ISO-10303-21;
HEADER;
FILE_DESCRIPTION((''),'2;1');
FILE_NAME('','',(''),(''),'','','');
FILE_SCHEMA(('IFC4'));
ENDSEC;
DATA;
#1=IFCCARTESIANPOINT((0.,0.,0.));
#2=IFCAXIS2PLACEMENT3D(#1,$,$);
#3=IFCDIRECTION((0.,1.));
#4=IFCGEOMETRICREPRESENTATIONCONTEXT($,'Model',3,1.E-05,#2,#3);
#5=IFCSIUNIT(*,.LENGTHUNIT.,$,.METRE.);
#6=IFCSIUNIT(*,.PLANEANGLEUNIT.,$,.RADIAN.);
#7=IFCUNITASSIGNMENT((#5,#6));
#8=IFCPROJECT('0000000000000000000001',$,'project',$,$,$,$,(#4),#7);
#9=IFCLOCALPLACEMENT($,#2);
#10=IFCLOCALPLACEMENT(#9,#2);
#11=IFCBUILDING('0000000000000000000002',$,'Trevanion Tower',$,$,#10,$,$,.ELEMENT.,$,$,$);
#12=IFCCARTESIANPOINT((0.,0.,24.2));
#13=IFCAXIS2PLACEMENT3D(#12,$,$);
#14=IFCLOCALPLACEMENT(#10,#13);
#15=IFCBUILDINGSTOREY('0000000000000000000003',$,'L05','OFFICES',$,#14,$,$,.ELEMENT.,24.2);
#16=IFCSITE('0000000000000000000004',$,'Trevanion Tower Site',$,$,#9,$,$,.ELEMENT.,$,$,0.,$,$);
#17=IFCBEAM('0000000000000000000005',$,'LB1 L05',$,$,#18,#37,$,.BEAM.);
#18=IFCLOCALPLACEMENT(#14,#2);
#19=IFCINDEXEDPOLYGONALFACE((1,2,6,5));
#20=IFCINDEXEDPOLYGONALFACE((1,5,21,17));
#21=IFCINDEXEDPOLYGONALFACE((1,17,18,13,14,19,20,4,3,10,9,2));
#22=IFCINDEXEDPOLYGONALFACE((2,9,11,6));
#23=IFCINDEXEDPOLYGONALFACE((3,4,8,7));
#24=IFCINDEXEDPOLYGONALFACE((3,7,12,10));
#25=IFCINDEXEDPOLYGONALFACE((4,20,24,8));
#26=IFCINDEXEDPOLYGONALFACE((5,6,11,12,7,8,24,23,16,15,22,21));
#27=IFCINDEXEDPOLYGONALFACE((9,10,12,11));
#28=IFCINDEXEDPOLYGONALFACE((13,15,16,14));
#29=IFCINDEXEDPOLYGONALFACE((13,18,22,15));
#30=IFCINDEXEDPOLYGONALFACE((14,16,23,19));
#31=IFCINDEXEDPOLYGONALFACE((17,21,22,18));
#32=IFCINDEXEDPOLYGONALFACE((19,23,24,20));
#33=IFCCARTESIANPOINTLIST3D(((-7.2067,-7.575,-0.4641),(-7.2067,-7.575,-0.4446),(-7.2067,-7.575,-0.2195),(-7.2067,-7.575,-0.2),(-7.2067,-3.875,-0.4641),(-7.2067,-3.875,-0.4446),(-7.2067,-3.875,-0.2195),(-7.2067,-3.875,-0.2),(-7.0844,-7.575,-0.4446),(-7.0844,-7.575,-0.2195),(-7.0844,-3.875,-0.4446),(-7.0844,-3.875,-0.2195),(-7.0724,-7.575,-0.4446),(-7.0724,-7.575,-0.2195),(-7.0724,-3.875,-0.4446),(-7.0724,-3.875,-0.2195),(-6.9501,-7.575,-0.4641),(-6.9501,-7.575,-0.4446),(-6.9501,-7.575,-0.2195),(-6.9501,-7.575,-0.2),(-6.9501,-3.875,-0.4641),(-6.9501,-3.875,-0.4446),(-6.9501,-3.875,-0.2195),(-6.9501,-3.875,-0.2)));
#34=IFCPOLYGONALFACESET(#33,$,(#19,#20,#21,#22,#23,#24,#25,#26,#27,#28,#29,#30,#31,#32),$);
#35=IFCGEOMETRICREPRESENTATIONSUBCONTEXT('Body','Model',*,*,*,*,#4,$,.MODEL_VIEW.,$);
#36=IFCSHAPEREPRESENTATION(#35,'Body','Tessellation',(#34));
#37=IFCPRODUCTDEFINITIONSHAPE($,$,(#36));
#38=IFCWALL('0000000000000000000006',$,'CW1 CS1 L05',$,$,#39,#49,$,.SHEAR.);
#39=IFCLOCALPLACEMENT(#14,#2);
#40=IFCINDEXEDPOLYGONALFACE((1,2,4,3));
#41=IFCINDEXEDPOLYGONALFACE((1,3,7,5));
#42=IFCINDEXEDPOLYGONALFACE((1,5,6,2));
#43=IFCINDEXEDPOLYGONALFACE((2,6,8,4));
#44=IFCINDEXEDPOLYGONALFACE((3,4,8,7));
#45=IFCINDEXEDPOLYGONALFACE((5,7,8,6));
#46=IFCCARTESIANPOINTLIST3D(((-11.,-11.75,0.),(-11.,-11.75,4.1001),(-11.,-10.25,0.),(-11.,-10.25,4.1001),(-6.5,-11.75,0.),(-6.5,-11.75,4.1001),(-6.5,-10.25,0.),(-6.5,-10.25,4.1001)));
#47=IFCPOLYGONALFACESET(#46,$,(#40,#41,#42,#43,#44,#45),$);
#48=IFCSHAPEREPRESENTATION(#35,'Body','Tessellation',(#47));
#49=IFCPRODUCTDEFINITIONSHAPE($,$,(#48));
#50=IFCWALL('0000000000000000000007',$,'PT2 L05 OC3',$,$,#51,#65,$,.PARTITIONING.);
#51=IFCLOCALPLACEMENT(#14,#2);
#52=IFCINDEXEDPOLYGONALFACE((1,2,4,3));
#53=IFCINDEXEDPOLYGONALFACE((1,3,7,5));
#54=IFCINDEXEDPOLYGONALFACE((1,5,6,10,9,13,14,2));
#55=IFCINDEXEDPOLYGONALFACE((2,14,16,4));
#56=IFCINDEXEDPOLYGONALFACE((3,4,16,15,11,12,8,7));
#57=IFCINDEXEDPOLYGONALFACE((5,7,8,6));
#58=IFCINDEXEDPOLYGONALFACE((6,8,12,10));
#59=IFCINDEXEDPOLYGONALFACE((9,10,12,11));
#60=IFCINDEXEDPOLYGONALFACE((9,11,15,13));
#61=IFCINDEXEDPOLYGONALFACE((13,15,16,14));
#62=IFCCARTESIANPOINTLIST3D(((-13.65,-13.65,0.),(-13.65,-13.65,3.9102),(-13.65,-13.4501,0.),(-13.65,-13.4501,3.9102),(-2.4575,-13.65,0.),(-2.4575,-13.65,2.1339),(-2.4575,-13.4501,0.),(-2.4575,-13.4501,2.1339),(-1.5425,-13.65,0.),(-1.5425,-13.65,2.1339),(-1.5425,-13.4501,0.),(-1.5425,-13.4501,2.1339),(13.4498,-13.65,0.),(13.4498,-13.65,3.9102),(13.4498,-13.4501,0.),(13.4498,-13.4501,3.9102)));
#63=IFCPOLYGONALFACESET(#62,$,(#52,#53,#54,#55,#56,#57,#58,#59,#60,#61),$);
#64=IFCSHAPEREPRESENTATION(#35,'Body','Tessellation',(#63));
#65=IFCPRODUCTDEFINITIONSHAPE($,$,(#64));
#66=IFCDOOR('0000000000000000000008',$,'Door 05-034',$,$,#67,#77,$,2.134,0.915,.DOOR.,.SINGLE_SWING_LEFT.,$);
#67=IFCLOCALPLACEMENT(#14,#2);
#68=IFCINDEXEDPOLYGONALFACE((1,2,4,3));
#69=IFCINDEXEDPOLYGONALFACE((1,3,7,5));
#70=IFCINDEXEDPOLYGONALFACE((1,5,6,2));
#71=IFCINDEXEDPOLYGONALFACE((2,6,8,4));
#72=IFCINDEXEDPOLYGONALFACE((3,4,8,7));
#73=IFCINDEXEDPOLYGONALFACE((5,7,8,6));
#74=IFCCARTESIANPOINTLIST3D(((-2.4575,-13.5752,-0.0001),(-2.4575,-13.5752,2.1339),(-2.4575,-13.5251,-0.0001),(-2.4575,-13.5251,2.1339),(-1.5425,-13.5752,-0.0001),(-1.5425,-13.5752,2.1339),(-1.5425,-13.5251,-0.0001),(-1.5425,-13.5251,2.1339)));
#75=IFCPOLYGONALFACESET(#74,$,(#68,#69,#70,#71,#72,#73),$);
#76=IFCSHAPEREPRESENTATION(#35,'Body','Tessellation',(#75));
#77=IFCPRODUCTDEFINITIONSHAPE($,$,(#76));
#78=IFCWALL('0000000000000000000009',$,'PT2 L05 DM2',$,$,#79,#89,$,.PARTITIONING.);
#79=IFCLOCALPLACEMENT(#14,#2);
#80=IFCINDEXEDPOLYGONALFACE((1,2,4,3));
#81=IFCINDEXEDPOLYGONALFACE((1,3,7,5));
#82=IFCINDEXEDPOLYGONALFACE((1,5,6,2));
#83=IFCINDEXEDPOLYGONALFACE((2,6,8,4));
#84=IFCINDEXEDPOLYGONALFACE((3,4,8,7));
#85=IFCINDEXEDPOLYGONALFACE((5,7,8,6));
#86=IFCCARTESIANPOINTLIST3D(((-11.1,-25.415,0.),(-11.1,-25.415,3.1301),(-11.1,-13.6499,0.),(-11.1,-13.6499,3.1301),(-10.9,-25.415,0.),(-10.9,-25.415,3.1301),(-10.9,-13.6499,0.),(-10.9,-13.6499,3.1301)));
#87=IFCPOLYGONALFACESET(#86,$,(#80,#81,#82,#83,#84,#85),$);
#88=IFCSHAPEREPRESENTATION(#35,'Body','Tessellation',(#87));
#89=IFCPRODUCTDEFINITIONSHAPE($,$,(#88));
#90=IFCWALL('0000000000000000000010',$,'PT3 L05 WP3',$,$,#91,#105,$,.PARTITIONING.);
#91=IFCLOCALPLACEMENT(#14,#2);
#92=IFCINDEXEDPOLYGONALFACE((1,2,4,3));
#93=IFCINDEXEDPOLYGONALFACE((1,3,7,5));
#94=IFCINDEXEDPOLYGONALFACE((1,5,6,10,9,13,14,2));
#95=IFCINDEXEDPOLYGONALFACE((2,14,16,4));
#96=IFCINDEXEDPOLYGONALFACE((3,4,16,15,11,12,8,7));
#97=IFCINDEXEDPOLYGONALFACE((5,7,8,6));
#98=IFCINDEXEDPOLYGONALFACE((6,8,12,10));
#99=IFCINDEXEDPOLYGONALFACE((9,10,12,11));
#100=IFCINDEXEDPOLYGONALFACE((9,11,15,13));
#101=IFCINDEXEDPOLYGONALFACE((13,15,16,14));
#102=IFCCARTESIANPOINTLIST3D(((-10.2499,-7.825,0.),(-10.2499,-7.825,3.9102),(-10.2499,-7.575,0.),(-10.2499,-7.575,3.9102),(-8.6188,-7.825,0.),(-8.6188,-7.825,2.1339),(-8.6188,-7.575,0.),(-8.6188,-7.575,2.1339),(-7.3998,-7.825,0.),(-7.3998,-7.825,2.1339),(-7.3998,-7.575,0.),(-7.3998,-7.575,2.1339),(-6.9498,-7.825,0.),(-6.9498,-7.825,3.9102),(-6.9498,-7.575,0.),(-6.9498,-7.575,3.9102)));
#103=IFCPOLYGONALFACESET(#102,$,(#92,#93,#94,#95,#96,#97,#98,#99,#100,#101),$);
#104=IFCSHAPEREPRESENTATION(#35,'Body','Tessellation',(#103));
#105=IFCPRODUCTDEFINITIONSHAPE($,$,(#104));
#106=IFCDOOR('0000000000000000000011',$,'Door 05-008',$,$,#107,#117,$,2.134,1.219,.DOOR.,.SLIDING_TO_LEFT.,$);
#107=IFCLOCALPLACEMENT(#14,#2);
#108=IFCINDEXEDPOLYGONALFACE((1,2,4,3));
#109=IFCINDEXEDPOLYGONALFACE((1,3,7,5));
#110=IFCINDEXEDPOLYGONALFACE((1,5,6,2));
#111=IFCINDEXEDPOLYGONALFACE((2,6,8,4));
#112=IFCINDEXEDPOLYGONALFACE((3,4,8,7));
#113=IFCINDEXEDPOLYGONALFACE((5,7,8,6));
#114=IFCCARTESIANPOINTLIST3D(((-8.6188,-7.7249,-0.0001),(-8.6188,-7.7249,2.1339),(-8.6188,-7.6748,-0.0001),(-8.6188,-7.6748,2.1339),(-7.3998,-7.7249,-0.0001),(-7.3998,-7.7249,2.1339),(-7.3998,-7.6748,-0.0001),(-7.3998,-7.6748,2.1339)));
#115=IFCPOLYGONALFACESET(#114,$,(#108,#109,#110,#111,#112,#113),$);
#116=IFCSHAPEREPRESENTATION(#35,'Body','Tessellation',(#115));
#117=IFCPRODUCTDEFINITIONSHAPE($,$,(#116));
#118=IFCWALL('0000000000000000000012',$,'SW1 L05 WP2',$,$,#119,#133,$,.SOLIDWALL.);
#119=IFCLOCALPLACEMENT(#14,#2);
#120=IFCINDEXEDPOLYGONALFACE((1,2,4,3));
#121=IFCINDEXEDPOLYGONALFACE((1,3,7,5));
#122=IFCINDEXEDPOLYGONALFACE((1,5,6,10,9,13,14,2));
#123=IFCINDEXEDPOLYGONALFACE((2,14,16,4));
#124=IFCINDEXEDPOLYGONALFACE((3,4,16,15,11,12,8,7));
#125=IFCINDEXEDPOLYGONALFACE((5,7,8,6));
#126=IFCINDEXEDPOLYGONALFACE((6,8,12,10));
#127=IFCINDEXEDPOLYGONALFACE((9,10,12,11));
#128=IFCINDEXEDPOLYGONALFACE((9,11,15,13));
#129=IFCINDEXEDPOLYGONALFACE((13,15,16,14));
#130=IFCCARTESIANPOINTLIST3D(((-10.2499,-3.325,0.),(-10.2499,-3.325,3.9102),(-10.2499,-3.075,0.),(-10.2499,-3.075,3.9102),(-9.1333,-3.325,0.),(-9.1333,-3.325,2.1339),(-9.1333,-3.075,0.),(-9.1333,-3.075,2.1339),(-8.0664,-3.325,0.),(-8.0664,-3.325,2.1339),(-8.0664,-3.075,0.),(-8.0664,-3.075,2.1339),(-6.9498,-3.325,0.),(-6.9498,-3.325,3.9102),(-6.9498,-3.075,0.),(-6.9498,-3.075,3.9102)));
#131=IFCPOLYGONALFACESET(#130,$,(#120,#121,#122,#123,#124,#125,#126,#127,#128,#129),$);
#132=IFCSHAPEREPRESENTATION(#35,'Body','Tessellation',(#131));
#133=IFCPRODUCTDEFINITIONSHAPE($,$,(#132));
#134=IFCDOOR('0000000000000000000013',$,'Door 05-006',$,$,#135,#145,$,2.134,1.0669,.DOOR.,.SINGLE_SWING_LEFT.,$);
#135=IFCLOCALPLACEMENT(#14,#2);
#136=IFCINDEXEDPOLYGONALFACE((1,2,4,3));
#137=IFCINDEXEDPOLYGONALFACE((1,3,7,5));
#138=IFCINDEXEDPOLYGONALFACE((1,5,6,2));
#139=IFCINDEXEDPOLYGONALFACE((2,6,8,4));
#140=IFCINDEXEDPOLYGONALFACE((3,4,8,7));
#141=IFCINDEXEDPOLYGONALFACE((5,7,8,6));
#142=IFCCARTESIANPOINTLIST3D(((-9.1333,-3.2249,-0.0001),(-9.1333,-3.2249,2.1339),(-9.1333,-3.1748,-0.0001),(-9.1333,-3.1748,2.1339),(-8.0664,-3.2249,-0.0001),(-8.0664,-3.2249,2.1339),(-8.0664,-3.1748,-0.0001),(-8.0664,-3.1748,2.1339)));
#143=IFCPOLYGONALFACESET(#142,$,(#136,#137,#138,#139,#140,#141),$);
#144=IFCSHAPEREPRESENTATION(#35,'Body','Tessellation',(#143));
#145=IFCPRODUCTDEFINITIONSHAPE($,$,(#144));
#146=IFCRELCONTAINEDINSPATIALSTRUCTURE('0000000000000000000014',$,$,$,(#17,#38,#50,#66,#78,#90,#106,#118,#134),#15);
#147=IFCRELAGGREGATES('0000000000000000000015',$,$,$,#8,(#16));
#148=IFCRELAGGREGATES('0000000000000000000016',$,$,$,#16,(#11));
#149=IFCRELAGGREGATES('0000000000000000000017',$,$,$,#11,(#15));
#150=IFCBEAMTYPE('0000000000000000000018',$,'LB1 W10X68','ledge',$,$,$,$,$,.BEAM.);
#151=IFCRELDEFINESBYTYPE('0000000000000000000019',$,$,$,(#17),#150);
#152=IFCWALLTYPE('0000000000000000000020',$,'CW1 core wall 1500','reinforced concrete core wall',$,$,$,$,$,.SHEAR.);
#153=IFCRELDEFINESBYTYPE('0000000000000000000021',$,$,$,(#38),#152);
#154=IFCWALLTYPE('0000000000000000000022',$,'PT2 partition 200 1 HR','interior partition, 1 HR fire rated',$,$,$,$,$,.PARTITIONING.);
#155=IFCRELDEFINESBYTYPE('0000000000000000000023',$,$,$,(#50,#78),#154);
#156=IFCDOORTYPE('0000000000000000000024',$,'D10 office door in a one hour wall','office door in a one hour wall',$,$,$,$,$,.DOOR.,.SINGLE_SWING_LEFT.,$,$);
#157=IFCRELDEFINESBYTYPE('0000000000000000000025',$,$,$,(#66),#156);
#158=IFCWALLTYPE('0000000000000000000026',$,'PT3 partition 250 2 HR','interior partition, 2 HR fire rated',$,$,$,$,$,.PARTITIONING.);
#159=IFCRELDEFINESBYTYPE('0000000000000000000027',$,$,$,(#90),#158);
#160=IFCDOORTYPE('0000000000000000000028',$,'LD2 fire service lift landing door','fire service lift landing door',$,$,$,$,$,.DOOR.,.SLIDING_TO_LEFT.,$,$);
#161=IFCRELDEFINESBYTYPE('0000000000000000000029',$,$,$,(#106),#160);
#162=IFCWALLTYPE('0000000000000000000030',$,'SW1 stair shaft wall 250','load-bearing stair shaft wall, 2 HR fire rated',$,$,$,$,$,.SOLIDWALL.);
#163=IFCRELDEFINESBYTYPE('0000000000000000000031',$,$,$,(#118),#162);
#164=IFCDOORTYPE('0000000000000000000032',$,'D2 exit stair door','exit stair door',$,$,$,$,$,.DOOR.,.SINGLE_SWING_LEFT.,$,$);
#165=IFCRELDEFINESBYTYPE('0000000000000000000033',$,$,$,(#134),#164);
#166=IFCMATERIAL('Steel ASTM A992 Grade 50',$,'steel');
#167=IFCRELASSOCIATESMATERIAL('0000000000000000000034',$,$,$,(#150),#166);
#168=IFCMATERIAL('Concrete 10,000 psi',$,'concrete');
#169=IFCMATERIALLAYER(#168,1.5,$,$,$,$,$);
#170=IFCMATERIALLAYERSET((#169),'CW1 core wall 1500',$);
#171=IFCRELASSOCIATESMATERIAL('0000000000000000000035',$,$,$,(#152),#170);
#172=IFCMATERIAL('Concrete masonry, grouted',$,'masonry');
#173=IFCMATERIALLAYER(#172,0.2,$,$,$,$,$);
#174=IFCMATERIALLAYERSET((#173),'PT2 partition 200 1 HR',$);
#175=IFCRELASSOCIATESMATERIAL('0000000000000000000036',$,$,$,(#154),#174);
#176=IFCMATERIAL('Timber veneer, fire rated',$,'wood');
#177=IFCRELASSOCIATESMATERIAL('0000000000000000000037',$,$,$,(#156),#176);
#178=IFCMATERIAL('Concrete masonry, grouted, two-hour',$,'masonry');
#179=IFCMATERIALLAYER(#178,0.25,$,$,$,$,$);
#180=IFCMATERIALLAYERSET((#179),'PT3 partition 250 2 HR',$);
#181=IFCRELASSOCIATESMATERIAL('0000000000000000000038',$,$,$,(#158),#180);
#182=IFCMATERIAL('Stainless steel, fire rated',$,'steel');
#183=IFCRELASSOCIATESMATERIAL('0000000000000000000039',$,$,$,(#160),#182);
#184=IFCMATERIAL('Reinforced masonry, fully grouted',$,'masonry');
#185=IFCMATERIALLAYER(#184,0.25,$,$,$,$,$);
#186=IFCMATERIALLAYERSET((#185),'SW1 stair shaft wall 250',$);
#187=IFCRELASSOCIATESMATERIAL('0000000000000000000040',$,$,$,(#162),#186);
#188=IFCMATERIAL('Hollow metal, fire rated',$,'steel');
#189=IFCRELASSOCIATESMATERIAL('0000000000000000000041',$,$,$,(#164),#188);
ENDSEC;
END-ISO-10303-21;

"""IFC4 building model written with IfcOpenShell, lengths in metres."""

from ifc_helpers import new_model, si_unit, direction, frame, frame_2d, origin, origin_2d, place, context, subcontext, project, spatial, rectangle, i_section, extrude, material, layer, layer_set, material_profile, profile_set, type_object, element, fill, save


model = new_model("IFC4")

# Units and contexts
model_context = context("Model", 3, precision=1e-05, world=origin(), true_north=direction((0.0, 1.0)))
body_context = subcontext(model_context, "Body", "Model", "MODEL_VIEW")
ifc_project = project(units=[si_unit("LENGTHUNIT", "METRE"), si_unit("PLANEANGLEUNIT", "RADIAN")], contexts=[model_context])

# Site, building, storey
site_placement = place(None, origin())
site = spatial("IfcSite", under=ifc_project, at=site_placement, Name="Trevanion Tower Site", CompositionType="ELEMENT", RefElevation=0.0)
building_placement = place(site_placement, origin())
building = spatial("IfcBuilding", under=site, at=building_placement, Name="Trevanion Tower", CompositionType="ELEMENT")
storey_placement = place(building_placement, frame((0.0, 0.0, 24.2)))
storey = spatial("IfcBuildingStorey", under=building, at=storey_placement, Name="L05", Description="OFFICES", CompositionType="ELEMENT", Elevation=24.2)

# Beam
ifc_material_1 = material(Name="Steel ASTM A992 Grade 50", Category="steel")
ifc_material_profile_1 = material_profile(ifc_material_1, i_section(OverallWidth=0.2566, OverallDepth=0.2642, WebThickness=0.012, FlangeThickness=0.0195, at=origin_2d()), Name="W10X68")
ifc_profile_set_1 = profile_set([ifc_material_profile_1], Name="Steel ASTM A992 Grade 50")
beam_type_1 = type_object("IfcBeamType", Name="LB1 W10X68", Description="ledge", PredefinedType="BEAM", material=ifc_profile_set_1)
for number, where, z_axis, x_axis, name in (
    (1, (-7.0784, -7.575, -0.332), (0.0, 1.0, 0.0), (-1.0, 0.0, 0.0), "LB1 L05"),
):
    element("IfcBeam", number, at=place(storey_placement, frame(where, z_axis=z_axis, x_axis=x_axis)), inside=storey, type_object=beam_type_1, Name=name, PredefinedType="BEAM", context=body_context, shape_type="SweptSolid", body=[
        extrude(i_section(OverallWidth=0.2566, OverallDepth=0.2642, WebThickness=0.012, FlangeThickness=0.0195, at=origin_2d()), origin(), (0.0, 0.0, 1.0), 3.7),
    ])

# Wall
ifc_material_2 = material(Name="Concrete 10,000 psi", Category="concrete")
ifc_layer_1 = layer(ifc_material_2, 1.5)
ifc_layer_set_1 = layer_set([ifc_layer_1], Name="CW1 core wall 1500")
wall_type_1 = type_object("IfcWallType", Name="CW1 core wall 1500", Description="reinforced concrete core wall", PredefinedType="SHEAR", material=ifc_layer_set_1)
wall_1_placement = place(storey_placement, frame((-11.0, -11.0, 0.0), z_axis=(0.0, 0.0, 1.0), x_axis=(1.0, 0.0, 0.0)))
element("IfcWall", 2, at=wall_1_placement, inside=storey, type_object=wall_type_1, Name="CW1 CS1 L05", PredefinedType="SHEAR", context=body_context, shape_type="SweptSolid", body=[
    extrude(rectangle(XDim=4.5, YDim=1.5, at=frame_2d((2.25, 0.0))), origin(), (0.0, 0.0, 1.0), 4.1001),
])

# Wall, opening, door
ifc_material_3 = material(Name="Concrete masonry, grouted", Category="masonry")
ifc_layer_2 = layer(ifc_material_3, 0.2)
ifc_layer_set_2 = layer_set([ifc_layer_2], Name="PT2 partition 200 1 HR")
wall_type_2 = type_object("IfcWallType", Name="PT2 partition 200 1 HR", Description="interior partition, 1 HR fire rated", PredefinedType="PARTITIONING", material=ifc_layer_set_2)
wall_2_placement = place(storey_placement, frame((-13.6499, -13.55, 0.0), z_axis=(0.0, 0.0, 1.0), x_axis=(1.0, 0.0, 0.0)))
wall_2 = element("IfcWall", 3, at=wall_2_placement, inside=storey, type_object=wall_type_2, Name="PT2 L05 OC3", PredefinedType="PARTITIONING", context=body_context, shape_type="SweptSolid", body=[
    extrude(rectangle(XDim=27.0999, YDim=0.2, at=frame_2d((13.5498, 0.0))), origin(), (0.0, 0.0, 1.0), 3.9102),
])
opening_1_placement = place(wall_2_placement, frame((11.1924, 0.0, 0.0)))
opening_1 = element("IfcOpeningElement", 4, at=opening_1_placement, cuts=wall_2, PredefinedType="OPENING", context=body_context, shape_type="SweptSolid", body=[
    extrude(rectangle(XDim=0.915, YDim=2.134, at=frame_2d((0.4575, 1.0669))), frame((0.0, 0.1099, 0.0), z_axis=(0.0, -1.0, 0.0), x_axis=(1.0, 0.0, 0.0)), (0.0, 0.0, 1.0), 0.22),
])
ifc_material_4 = material(Name="Timber veneer, fire rated", Category="wood")
door_type_1 = type_object("IfcDoorType", Name="D10 office door in a one hour wall", Description="office door in a one hour wall", OperationType="SINGLE_SWING_LEFT", PredefinedType="DOOR", material=ifc_material_4)
door_1_placement = place(opening_1_placement, origin())
door_1 = element("IfcDoor", 5, at=door_1_placement, inside=storey, type_object=door_type_1, Name="Door 05-034", OperationType="SINGLE_SWING_LEFT", OverallHeight=2.134, OverallWidth=0.915, PredefinedType="DOOR", context=body_context, shape_type="SweptSolid", body=[
    extrude(rectangle(XDim=0.915, YDim=2.134, at=frame_2d((0.4575, 1.0669))), frame((0.0, 0.0249, 0.0), z_axis=(0.0, -1.0, 0.0), x_axis=(1.0, 0.0, 0.0)), (0.0, 0.0, 1.0), 0.05),
])
fill(opening_1, door_1)

# Wall
wall_3_placement = place(storey_placement, frame((-11.0, -13.6499, 0.0), z_axis=(0.0, 0.0, 1.0), x_axis=(0.0, -1.0, 0.0)))
element("IfcWall", 6, at=wall_3_placement, inside=storey, type_object=wall_type_2, Name="PT2 L05 DM2", PredefinedType="PARTITIONING", context=body_context, shape_type="SweptSolid", body=[
    extrude(rectangle(XDim=11.7651, YDim=0.2, at=frame_2d((5.8826, 0.0))), origin(), (0.0, 0.0, 1.0), 3.1301),
])

# Walls, openings, doors
ifc_material_5 = material(Name="Concrete masonry, grouted, two-hour", Category="masonry")
ifc_layer_3 = layer(ifc_material_5, 0.25)
ifc_layer_set_3 = layer_set([ifc_layer_3], Name="PT3 partition 250 2 HR")
wall_type_3 = type_object("IfcWallType", Name="PT3 partition 250 2 HR", Description="interior partition, 2 HR fire rated", PredefinedType="PARTITIONING", material=ifc_layer_set_3)
wall_4_placement = place(storey_placement, frame((-6.95, -7.7, 0.0), z_axis=(0.0, 0.0, 1.0), x_axis=(-1.0, 0.0, 0.0)))
wall_4 = element("IfcWall", 7, at=wall_4_placement, inside=storey, type_object=wall_type_3, Name="PT3 L05 WP3", PredefinedType="PARTITIONING", context=body_context, shape_type="SweptSolid", body=[
    extrude(rectangle(XDim=3.3, YDim=0.25, at=frame_2d((1.6499, 0.0))), origin(), (0.0, 0.0, 1.0), 3.9102),
])
opening_2_placement = place(wall_4_placement, frame((0.45, 0.0, 0.0)))
opening_2 = element("IfcOpeningElement", 8, at=opening_2_placement, cuts=wall_4, PredefinedType="OPENING", context=body_context, shape_type="SweptSolid", body=[
    extrude(rectangle(XDim=1.219, YDim=2.134, at=frame_2d((0.6094, 1.0669))), frame((0.0, 0.135, 0.0), z_axis=(0.0, -1.0, 0.0), x_axis=(1.0, 0.0, 0.0)), (0.0, 0.0, 1.0), 0.27),
])
ifc_material_6 = material(Name="Stainless steel, fire rated", Category="steel")
door_type_2 = type_object("IfcDoorType", Name="LD2 fire service lift landing door", Description="fire service lift landing door", OperationType="SLIDING_TO_LEFT", PredefinedType="DOOR", material=ifc_material_6)
door_2_placement = place(opening_2_placement, origin())
door_2 = element("IfcDoor", 9, at=door_2_placement, inside=storey, type_object=door_type_2, Name="Door 05-008", OperationType="SLIDING_TO_LEFT", OverallHeight=2.134, OverallWidth=1.219, PredefinedType="DOOR", context=body_context, shape_type="SweptSolid", body=[
    extrude(rectangle(XDim=1.219, YDim=2.134, at=frame_2d((0.6094, 1.0669))), frame((0.0, 0.0249, 0.0), z_axis=(0.0, -1.0, 0.0), x_axis=(1.0, 0.0, 0.0)), (0.0, 0.0, 1.0), 0.05),
])
fill(opening_2, door_2)
ifc_material_7 = material(Name="Reinforced masonry, fully grouted", Category="masonry")
ifc_layer_4 = layer(ifc_material_7, 0.25)
ifc_layer_set_4 = layer_set([ifc_layer_4], Name="SW1 stair shaft wall 250")
wall_type_4 = type_object("IfcWallType", Name="SW1 stair shaft wall 250", Description="load-bearing stair shaft wall, 2 HR fire rated", PredefinedType="SOLIDWALL", material=ifc_layer_set_4)
wall_5_placement = place(storey_placement, frame((-6.95, -3.2, 0.0), z_axis=(0.0, 0.0, 1.0), x_axis=(-1.0, 0.0, 0.0)))
wall_5 = element("IfcWall", 10, at=wall_5_placement, inside=storey, type_object=wall_type_4, Name="SW1 L05 WP2", PredefinedType="SOLIDWALL", context=body_context, shape_type="SweptSolid", body=[
    extrude(rectangle(XDim=3.3, YDim=0.25, at=frame_2d((1.6499, 0.0))), origin(), (0.0, 0.0, 1.0), 3.9102),
])
opening_3_placement = place(wall_5_placement, frame((1.1165, 0.0, 0.0)))
opening_3 = element("IfcOpeningElement", 11, at=opening_3_placement, cuts=wall_5, PredefinedType="OPENING", context=body_context, shape_type="SweptSolid", body=[
    extrude(rectangle(XDim=1.0669, YDim=2.134, at=frame_2d((0.5334, 1.0669))), frame((0.0, 0.135, 0.0), z_axis=(0.0, -1.0, 0.0), x_axis=(1.0, 0.0, 0.0)), (0.0, 0.0, 1.0), 0.27),
])
ifc_material_8 = material(Name="Hollow metal, fire rated", Category="steel")
door_type_3 = type_object("IfcDoorType", Name="D2 exit stair door", Description="exit stair door", OperationType="SINGLE_SWING_LEFT", PredefinedType="DOOR", material=ifc_material_8)
door_3_placement = place(opening_3_placement, origin())
door_3 = element("IfcDoor", 12, at=door_3_placement, inside=storey, type_object=door_type_3, Name="Door 05-006", OperationType="SINGLE_SWING_LEFT", OverallHeight=2.134, OverallWidth=1.0669, PredefinedType="DOOR", context=body_context, shape_type="SweptSolid", body=[
    extrude(rectangle(XDim=1.0669, YDim=2.134, at=frame_2d((0.5334, 1.0669))), frame((0.0, 0.0249, 0.0), z_axis=(0.0, -1.0, 0.0), x_axis=(1.0, 0.0, 0.0)), (0.0, 0.0, 1.0), 0.05),
])
fill(opening_3, door_3)

save(model, "model.ifc")
